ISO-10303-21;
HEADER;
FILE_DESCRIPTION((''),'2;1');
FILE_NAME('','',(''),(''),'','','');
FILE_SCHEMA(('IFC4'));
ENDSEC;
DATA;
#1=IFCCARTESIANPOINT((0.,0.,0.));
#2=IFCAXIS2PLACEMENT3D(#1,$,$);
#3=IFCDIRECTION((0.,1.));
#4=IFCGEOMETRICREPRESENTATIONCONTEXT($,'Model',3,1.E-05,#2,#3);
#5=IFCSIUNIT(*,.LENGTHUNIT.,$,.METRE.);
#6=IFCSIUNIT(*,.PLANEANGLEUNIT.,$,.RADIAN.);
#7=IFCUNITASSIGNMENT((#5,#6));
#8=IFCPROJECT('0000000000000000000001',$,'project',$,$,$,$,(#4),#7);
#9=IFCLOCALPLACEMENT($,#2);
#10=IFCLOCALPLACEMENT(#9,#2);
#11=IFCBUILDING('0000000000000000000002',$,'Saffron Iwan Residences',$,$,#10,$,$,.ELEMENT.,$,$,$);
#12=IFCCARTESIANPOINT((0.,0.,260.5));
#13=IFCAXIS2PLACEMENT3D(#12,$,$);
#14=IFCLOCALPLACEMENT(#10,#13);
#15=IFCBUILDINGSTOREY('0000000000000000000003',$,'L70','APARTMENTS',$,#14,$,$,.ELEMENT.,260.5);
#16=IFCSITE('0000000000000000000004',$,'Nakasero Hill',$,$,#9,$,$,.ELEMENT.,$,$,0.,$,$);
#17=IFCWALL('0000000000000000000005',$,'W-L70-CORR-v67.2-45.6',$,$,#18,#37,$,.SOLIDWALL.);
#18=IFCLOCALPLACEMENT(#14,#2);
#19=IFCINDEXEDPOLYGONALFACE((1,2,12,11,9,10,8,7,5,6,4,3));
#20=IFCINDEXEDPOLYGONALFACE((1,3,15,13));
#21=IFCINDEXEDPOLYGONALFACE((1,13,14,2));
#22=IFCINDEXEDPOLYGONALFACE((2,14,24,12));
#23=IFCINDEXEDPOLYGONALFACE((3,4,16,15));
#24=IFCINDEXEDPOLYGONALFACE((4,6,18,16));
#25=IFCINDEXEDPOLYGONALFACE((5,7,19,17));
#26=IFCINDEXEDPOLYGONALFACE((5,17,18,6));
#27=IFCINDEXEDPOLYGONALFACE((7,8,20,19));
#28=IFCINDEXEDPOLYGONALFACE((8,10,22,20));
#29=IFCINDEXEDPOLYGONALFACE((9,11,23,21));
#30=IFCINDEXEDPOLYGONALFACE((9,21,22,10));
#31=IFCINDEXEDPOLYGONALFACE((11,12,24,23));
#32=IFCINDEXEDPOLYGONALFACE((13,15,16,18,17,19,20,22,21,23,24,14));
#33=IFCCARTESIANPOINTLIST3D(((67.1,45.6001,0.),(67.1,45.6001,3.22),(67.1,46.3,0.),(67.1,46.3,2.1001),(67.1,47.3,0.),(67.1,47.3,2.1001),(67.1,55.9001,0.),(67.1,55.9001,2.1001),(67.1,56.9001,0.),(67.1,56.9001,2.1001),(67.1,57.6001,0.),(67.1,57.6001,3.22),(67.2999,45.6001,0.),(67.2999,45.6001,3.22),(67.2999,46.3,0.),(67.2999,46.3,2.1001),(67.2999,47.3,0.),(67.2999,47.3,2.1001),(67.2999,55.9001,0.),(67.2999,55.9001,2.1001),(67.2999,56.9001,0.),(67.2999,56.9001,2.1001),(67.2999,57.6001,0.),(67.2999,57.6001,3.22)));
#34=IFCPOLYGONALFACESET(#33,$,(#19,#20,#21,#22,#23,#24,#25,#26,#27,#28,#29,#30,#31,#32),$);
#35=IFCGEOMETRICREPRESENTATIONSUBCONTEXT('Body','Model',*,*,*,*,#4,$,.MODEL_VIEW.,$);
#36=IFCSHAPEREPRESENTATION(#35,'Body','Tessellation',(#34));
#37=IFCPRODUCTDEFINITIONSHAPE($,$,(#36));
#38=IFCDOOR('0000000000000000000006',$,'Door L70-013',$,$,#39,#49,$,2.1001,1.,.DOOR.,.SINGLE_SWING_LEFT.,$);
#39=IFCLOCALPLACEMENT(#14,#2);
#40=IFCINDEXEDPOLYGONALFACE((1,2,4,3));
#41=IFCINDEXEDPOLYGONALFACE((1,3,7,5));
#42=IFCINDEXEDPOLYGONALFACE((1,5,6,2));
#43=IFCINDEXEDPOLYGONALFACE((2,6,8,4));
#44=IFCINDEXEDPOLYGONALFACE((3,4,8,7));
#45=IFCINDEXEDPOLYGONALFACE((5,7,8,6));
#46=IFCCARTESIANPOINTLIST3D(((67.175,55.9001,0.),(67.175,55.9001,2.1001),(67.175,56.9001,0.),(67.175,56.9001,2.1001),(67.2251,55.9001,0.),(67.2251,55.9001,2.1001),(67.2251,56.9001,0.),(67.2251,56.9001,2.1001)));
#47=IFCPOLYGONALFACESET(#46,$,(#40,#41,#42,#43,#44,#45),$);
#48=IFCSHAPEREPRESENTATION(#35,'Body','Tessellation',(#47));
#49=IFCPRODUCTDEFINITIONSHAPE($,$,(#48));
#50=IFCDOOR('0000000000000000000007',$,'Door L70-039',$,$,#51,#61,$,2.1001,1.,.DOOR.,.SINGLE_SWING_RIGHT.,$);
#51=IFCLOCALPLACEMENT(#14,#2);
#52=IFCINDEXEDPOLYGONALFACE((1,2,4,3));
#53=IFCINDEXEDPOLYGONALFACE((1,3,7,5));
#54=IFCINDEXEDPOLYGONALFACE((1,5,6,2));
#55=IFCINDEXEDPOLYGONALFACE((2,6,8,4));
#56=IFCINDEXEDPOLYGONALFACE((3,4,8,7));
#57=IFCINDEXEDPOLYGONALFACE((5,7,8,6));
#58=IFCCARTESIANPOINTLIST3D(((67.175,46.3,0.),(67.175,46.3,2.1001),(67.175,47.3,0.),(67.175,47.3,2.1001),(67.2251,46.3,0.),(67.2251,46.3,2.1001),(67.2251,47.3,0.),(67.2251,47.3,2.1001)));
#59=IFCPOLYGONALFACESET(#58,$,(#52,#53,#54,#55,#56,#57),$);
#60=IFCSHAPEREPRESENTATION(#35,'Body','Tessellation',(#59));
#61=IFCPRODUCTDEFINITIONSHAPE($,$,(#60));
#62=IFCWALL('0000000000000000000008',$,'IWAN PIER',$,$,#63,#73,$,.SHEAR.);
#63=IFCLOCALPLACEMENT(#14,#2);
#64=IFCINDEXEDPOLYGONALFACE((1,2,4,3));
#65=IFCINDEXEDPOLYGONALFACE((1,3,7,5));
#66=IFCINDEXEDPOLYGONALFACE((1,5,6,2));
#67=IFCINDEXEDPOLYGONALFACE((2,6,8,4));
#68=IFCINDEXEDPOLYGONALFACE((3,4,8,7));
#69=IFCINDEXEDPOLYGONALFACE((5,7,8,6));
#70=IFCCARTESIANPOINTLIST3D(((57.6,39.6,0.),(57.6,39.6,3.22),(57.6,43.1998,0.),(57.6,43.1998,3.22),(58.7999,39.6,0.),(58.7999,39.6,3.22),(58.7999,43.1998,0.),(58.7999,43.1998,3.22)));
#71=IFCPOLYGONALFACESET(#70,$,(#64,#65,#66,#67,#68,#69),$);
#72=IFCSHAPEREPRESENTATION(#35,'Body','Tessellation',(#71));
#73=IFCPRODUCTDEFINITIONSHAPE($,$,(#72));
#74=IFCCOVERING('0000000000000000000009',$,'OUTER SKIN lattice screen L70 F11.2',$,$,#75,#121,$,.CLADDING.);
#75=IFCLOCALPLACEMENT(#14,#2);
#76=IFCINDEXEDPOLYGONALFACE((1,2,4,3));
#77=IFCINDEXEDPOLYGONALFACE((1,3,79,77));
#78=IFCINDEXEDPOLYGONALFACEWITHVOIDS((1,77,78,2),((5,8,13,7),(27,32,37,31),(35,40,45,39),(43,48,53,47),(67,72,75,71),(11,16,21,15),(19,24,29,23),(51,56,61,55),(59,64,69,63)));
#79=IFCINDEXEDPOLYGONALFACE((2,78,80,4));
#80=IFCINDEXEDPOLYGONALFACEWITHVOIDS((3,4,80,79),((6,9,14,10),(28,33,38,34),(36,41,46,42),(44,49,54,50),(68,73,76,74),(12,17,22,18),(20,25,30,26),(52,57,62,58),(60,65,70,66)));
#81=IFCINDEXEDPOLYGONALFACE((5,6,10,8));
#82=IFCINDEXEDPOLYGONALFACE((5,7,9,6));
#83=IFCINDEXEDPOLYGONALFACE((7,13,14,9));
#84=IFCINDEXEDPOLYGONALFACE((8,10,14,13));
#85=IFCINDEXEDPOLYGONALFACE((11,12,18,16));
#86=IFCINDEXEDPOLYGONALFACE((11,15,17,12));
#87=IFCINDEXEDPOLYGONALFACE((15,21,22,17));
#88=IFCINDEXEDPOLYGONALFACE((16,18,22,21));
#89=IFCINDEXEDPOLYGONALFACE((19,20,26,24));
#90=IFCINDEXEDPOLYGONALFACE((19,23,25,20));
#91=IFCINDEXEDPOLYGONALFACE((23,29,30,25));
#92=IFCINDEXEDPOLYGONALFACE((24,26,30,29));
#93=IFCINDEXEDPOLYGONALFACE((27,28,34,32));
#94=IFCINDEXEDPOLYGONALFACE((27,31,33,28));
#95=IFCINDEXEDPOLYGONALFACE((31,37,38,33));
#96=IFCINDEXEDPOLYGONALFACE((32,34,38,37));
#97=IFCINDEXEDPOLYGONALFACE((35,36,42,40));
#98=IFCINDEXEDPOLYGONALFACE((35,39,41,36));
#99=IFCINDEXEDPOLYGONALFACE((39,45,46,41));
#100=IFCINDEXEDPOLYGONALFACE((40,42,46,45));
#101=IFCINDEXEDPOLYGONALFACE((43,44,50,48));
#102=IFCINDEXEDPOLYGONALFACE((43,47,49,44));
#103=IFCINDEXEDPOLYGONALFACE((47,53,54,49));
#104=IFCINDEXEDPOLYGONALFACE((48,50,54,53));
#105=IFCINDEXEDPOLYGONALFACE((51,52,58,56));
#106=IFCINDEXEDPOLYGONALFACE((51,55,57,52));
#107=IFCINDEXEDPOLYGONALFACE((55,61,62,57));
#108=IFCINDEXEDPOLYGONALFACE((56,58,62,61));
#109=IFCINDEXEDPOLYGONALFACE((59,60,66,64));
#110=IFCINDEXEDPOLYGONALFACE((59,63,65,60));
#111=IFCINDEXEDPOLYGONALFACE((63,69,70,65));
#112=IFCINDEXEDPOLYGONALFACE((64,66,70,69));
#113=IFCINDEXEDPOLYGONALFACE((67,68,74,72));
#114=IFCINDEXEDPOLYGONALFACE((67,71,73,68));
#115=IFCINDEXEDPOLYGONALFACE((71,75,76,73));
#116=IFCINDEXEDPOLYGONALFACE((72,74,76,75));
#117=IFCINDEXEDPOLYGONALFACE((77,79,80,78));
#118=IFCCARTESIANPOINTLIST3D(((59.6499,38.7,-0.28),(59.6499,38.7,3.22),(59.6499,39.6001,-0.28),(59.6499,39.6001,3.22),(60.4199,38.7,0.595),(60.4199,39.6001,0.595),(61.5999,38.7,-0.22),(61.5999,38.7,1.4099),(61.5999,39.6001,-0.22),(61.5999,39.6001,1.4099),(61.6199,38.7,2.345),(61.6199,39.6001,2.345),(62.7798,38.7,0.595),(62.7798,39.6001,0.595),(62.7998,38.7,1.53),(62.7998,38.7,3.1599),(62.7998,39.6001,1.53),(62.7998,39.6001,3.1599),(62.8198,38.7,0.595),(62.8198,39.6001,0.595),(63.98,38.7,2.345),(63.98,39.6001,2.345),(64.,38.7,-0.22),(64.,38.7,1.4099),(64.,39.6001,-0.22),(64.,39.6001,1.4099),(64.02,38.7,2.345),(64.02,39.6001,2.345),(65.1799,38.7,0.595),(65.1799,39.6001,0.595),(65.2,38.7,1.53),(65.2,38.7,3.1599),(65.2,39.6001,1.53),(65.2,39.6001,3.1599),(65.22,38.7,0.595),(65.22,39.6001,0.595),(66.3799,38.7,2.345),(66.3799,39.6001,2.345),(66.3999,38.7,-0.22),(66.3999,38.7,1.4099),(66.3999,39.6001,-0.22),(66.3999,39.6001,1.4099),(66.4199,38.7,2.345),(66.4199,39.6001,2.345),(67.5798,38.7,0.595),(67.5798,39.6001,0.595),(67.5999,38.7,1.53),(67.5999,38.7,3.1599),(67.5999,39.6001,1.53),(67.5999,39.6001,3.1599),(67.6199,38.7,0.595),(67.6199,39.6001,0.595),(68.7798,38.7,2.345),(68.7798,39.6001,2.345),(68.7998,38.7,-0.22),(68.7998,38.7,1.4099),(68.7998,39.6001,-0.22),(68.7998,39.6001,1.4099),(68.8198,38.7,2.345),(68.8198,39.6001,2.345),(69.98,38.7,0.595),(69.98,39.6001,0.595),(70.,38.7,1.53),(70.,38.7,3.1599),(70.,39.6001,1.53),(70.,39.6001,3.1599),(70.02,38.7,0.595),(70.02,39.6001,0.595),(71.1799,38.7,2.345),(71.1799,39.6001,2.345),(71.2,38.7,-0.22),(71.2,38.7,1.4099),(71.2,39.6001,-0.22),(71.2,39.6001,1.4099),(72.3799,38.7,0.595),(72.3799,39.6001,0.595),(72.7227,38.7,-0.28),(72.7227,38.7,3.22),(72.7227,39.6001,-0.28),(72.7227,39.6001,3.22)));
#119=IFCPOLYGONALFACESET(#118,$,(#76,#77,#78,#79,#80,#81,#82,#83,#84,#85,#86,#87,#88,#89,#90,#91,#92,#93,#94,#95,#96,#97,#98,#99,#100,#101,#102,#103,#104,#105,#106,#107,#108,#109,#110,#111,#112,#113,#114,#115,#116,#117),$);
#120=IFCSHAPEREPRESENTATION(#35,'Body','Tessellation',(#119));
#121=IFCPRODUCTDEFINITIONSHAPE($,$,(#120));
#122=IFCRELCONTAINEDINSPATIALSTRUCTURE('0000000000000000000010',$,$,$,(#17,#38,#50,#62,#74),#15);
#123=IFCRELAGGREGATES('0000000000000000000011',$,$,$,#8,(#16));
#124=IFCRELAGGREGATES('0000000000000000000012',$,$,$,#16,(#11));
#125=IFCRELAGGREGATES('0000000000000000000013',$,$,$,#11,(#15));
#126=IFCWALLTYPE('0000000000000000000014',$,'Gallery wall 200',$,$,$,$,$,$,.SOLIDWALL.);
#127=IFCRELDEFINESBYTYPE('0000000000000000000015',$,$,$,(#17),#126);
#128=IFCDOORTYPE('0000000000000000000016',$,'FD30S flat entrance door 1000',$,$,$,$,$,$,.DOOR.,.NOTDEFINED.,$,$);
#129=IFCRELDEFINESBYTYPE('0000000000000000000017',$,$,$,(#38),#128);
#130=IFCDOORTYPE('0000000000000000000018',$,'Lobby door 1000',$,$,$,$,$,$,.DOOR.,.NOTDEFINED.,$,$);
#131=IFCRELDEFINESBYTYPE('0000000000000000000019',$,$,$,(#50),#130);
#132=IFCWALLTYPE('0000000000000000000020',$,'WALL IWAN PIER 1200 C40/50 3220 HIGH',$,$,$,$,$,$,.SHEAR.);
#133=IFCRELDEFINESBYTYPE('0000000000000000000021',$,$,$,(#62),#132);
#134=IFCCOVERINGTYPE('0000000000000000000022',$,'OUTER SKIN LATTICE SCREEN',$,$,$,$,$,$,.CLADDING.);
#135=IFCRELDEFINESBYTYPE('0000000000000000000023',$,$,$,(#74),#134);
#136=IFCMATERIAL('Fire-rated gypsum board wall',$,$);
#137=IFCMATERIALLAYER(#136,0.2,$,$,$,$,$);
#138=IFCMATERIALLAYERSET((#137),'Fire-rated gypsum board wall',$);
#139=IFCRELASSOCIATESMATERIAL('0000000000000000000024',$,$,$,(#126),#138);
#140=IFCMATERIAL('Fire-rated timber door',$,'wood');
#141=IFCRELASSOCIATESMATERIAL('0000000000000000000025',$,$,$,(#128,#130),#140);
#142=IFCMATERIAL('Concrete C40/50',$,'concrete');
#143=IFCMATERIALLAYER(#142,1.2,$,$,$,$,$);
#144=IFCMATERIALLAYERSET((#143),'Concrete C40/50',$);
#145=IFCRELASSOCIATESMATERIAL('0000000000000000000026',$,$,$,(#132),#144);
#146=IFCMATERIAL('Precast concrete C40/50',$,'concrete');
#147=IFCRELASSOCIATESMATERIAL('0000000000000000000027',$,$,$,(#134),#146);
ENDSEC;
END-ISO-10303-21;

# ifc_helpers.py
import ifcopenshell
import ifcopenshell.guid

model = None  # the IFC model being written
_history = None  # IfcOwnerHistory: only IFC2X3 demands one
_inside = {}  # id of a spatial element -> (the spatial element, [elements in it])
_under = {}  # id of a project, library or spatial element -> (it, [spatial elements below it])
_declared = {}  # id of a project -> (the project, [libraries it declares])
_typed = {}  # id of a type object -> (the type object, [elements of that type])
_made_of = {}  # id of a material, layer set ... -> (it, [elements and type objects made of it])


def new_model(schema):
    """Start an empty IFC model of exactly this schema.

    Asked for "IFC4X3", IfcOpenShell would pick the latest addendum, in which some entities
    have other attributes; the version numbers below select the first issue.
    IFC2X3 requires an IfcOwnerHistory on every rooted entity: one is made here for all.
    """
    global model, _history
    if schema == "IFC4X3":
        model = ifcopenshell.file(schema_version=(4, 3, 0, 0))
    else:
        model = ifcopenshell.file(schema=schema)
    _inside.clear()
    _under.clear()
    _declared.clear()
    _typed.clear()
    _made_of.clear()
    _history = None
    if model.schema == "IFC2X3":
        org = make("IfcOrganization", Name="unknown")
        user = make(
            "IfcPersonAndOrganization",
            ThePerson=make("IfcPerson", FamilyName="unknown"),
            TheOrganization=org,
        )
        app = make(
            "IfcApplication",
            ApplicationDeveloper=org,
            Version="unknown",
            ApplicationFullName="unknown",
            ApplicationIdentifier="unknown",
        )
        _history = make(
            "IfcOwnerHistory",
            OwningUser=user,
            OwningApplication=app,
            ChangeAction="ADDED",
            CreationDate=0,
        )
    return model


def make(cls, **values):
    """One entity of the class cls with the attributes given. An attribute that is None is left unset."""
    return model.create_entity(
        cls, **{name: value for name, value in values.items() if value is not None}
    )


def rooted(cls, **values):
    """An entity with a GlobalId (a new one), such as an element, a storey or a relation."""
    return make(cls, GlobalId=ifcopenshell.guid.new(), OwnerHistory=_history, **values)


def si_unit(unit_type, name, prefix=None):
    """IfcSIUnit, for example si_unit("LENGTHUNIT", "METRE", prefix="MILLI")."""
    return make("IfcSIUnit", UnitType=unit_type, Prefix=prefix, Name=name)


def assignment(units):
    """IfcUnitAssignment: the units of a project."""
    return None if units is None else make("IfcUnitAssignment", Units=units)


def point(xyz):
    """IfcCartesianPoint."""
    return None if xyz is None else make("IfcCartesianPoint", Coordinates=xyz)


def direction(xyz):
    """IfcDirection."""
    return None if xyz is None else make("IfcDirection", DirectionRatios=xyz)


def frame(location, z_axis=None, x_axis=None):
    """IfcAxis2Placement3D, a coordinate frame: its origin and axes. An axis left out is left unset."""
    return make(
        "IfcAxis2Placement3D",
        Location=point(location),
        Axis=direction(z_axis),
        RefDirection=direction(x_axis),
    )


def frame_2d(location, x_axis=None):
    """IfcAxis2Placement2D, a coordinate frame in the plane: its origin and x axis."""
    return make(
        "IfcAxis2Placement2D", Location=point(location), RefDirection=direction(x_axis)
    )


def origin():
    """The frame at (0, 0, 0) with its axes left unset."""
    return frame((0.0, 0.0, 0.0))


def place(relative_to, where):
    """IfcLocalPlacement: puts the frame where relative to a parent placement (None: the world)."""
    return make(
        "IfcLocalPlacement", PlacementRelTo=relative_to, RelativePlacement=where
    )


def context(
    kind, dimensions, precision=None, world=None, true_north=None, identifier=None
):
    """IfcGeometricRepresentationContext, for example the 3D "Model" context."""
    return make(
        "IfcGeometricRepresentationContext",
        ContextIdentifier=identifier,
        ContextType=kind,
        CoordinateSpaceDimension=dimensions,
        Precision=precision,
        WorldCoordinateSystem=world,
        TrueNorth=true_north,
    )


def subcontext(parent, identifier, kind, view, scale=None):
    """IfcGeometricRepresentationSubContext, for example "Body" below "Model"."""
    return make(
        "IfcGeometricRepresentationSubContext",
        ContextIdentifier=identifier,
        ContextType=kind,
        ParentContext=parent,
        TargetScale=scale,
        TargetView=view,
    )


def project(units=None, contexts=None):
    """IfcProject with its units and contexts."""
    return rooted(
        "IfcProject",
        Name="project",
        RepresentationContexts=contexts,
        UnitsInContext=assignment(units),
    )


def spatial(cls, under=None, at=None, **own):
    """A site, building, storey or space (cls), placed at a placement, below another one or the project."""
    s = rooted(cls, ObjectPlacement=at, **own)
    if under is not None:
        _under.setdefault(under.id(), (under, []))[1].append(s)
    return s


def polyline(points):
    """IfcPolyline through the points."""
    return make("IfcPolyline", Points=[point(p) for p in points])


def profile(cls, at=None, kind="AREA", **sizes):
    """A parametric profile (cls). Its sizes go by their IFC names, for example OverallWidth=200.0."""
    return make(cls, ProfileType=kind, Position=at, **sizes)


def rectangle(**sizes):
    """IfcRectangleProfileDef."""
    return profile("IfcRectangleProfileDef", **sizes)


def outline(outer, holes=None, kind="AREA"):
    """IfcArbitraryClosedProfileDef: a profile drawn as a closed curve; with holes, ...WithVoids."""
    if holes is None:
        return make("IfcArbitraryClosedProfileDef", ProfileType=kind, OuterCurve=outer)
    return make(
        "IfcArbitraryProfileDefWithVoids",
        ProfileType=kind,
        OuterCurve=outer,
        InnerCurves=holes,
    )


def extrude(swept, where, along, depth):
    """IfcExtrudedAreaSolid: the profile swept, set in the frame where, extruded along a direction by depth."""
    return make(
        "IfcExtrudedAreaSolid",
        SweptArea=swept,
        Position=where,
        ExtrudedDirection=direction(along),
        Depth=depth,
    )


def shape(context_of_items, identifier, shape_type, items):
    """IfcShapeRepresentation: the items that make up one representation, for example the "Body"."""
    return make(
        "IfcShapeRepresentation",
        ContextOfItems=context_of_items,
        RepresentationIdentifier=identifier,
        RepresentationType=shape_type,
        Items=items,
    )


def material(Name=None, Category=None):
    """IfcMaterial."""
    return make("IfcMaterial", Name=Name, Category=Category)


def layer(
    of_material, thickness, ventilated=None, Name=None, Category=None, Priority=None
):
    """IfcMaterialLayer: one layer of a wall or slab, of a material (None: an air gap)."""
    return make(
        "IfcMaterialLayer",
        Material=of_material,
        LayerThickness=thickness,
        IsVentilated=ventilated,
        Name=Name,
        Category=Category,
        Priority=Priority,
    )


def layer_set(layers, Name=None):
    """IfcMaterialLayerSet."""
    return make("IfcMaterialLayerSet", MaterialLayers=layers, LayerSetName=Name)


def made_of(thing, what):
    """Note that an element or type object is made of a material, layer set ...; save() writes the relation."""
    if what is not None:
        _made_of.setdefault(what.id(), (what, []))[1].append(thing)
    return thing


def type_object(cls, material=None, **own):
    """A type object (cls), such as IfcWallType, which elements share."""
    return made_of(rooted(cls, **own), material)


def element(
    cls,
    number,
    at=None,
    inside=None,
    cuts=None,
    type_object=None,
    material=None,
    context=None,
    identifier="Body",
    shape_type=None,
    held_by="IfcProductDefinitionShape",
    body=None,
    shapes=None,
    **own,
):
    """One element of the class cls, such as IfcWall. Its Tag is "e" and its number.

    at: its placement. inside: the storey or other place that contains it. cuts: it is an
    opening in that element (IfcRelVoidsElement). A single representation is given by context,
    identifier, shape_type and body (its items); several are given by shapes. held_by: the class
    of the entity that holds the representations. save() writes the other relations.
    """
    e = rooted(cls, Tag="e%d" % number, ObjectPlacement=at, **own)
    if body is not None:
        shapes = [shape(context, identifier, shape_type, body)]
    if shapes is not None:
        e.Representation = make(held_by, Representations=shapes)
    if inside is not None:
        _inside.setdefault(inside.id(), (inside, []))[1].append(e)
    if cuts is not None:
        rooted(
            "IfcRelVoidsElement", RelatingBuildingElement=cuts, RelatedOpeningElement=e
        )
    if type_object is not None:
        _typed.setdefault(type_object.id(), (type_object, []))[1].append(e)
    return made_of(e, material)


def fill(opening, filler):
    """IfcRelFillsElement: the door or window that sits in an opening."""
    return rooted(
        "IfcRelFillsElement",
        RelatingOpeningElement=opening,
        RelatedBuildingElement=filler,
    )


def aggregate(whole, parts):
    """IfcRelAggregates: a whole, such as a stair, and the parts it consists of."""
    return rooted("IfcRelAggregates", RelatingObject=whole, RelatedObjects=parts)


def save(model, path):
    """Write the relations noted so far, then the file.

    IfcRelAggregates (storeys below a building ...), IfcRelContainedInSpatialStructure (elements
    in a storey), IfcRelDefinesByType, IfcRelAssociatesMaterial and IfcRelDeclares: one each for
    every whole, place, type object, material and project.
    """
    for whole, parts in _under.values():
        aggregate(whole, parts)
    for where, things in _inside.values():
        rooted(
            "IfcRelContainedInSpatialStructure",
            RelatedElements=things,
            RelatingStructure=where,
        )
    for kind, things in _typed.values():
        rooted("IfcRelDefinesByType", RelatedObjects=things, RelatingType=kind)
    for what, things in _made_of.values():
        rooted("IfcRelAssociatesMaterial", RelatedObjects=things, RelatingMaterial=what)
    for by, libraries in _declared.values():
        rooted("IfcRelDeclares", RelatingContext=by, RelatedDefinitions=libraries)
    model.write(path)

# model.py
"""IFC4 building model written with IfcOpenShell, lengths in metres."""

from ifc_helpers import new_model, si_unit, direction, frame, frame_2d, origin, place, context, subcontext, project, spatial, polyline, rectangle, outline, extrude, material, layer, layer_set, type_object, element, fill, save


model = new_model("IFC4")

# Units and contexts
model_context = context("Model", 3, precision=1e-05, world=origin(), true_north=direction((0.0, 1.0)))
body_context = subcontext(model_context, "Body", "Model", "MODEL_VIEW")
ifc_project = project(units=[si_unit("LENGTHUNIT", "METRE"), si_unit("PLANEANGLEUNIT", "RADIAN")], contexts=[model_context])

# Site, building, storey
site_placement = place(None, origin())
site = spatial("IfcSite", under=ifc_project, at=site_placement, Name="Nakasero Hill", CompositionType="ELEMENT", RefElevation=0.0)
building_placement = place(site_placement, origin())
building = spatial("IfcBuilding", under=site, at=building_placement, Name="Saffron Iwan Residences", CompositionType="ELEMENT")
storey_placement = place(building_placement, frame((0.0, 0.0, 260.5)))
storey = spatial("IfcBuildingStorey", under=building, at=storey_placement, Name="L70", Description="APARTMENTS", CompositionType="ELEMENT", Elevation=260.5)

# Shared definitions
ifc_material_1 = material(Name="Concrete C40/50", Category="concrete")

# Shared definitions
ifc_material_2 = material(Name="Fire-rated gypsum board wall")
ifc_layer_1 = layer(ifc_material_2, 0.2)
ifc_layer_set_1 = layer_set([ifc_layer_1], Name="Fire-rated gypsum board wall")
wall_type_1 = type_object("IfcWallType", Name="Gallery wall 200", PredefinedType="SOLIDWALL", material=ifc_layer_set_1)

# Wall, openings, doors
wall_1_placement = place(storey_placement, frame((67.2, 45.6001, 0.0), z_axis=(0.0, 0.0, 1.0), x_axis=(0.0, 1.0, 0.0)))
wall_1 = element("IfcWall", 1, at=wall_1_placement, inside=storey, type_object=wall_type_1, Name="W-L70-CORR-v67.2-45.6", PredefinedType="SOLIDWALL", context=body_context, shape_type="SweptSolid", body=[
    extrude(rectangle(XDim=12.0, YDim=0.2, at=frame_2d((6.0, 0.0))), origin(), (0.0, 0.0, 1.0), 3.22),
])
opening_1_placement = place(wall_1_placement, frame((10.3, 0.0, 0.0)))
opening_1 = element("IfcOpeningElement", 2, at=opening_1_placement, cuts=wall_1, PredefinedType="OPENING", context=body_context, shape_type="SweptSolid", body=[
    extrude(rectangle(XDim=1.0, YDim=2.1001, at=frame_2d((0.5, 1.05))), frame((0.0, 0.1099, 0.0), z_axis=(0.0, -1.0, 0.0), x_axis=(1.0, 0.0, 0.0)), (0.0, 0.0, 1.0), 0.22),
])
opening_2_placement = place(wall_1_placement, frame((0.7, 0.0, 0.0)))
opening_2 = element("IfcOpeningElement", 3, at=opening_2_placement, cuts=wall_1, PredefinedType="OPENING", context=body_context, shape_type="SweptSolid", body=[
    extrude(rectangle(XDim=1.0, YDim=2.1001, at=frame_2d((0.5, 1.05))), frame((0.0, 0.1099, 0.0), z_axis=(0.0, -1.0, 0.0), x_axis=(1.0, 0.0, 0.0)), (0.0, 0.0, 1.0), 0.22),
])
ifc_material_3 = material(Name="Fire-rated timber door", Category="wood")
door_type_1 = type_object("IfcDoorType", Name="FD30S flat entrance door 1000", OperationType="NOTDEFINED", PredefinedType="DOOR", material=ifc_material_3)
door_1_placement = place(opening_1_placement, origin())
door_1 = element("IfcDoor", 4, at=door_1_placement, inside=storey, type_object=door_type_1, Name="Door L70-013", OperationType="SINGLE_SWING_LEFT", OverallHeight=2.1001, OverallWidth=1.0, PredefinedType="DOOR", context=body_context, shape_type="SweptSolid", body=[
    extrude(rectangle(XDim=1.0, YDim=2.1001, at=frame_2d((0.5, 1.05))), frame((0.0, 0.0249, 0.0), z_axis=(0.0, -1.0, 0.0), x_axis=(1.0, 0.0, 0.0)), (0.0, 0.0, 1.0), 0.05),
])
fill(opening_1, door_1)
door_type_2 = type_object("IfcDoorType", Name="Lobby door 1000", OperationType="NOTDEFINED", PredefinedType="DOOR", material=ifc_material_3)
door_2_placement = place(opening_2_placement, origin())
door_2 = element("IfcDoor", 5, at=door_2_placement, inside=storey, type_object=door_type_2, Name="Door L70-039", OperationType="SINGLE_SWING_RIGHT", OverallHeight=2.1001, OverallWidth=1.0, PredefinedType="DOOR", context=body_context, shape_type="SweptSolid", body=[
    extrude(rectangle(XDim=1.0, YDim=2.1001, at=frame_2d((0.5, 1.05))), frame((0.0, 0.0249, 0.0), z_axis=(0.0, -1.0, 0.0), x_axis=(1.0, 0.0, 0.0)), (0.0, 0.0, 1.0), 0.05),
])
fill(opening_2, door_2)

# Wall
ifc_layer_2 = layer(ifc_material_1, 1.2)
ifc_layer_set_2 = layer_set([ifc_layer_2], Name="Concrete C40/50")
wall_type_2 = type_object("IfcWallType", Name="WALL IWAN PIER 1200 C40/50 3220 HIGH", PredefinedType="SHEAR", material=ifc_layer_set_2)
wall_2_placement = place(storey_placement, frame((58.2, 39.6001, 0.0), z_axis=(0.0, 0.0, 1.0), x_axis=(0.0, 1.0, 0.0)))
element("IfcWall", 6, at=wall_2_placement, inside=storey, type_object=wall_type_2, Name="IWAN PIER", PredefinedType="SHEAR", context=body_context, shape_type="SweptSolid", body=[
    extrude(rectangle(XDim=3.5999, YDim=1.2, at=frame_2d((1.7998, 0.0))), origin(), (0.0, 0.0, 1.0), 3.22),
])

# Covering
ifc_material_4 = material(Name="Precast concrete C40/50", Category="concrete")
covering_type = type_object("IfcCoveringType", Name="OUTER SKIN LATTICE SCREEN", PredefinedType="CLADDING", material=ifc_material_4)
covering_placement = place(storey_placement, frame((59.6499, 39.6001, -0.28), z_axis=(0.0, -1.0, 0.0), x_axis=(1.0, 0.0, 0.0)))
element("IfcCovering", 7, at=covering_placement, inside=storey, type_object=covering_type, Name="OUTER SKIN lattice screen L70 F11.2", PredefinedType="CLADDING", context=body_context, shape_type="SweptSolid", body=[
    extrude(outline(polyline([(0.0, 0.0), (13.0728, 0.0), (13.0728, 3.5), (0.0, 3.5), (0.0, 0.0)]), holes=[polyline([(0.77, 0.875), (1.95, 0.0601), (3.1299, 0.875), (1.95, 1.6899), (0.77, 0.875)]), polyline([(3.1699, 0.875), (4.3501, 0.0601), (5.53, 0.875), (4.3501, 1.6899), (3.1699, 0.875)]), polyline([(5.5701, 0.875), (6.75, 0.0601), (7.9299, 0.875), (6.75, 1.6899), (5.5701, 0.875)]), polyline([(7.97, 0.875), (9.1499, 0.0601), (10.3301, 0.875), (9.1499, 1.6899), (7.97, 0.875)]), polyline([(10.3701, 0.875), (11.55, 0.0601), (12.73, 0.875), (11.55, 1.6899), (10.3701, 0.875)]), polyline([(1.97, 2.625), (3.1499, 1.8101), (4.3301, 2.625), (3.1499, 3.4399), (1.97, 2.625)]), polyline([(4.3701, 2.625), (5.55, 1.8101), (6.73, 2.625), (5.55, 3.4399), (4.3701, 2.625)]), polyline([(6.77, 2.625), (7.95, 1.8101), (9.1299, 2.625), (7.95, 3.4399), (6.77, 2.625)]), polyline([(9.1699, 2.625), (10.3501, 1.8101), (11.53, 2.625), (10.3501, 3.4399), (9.1699, 2.625)])]), origin(), (0.0, 0.0, 1.0), 0.9001),
])

save(model, "model.ifc")
